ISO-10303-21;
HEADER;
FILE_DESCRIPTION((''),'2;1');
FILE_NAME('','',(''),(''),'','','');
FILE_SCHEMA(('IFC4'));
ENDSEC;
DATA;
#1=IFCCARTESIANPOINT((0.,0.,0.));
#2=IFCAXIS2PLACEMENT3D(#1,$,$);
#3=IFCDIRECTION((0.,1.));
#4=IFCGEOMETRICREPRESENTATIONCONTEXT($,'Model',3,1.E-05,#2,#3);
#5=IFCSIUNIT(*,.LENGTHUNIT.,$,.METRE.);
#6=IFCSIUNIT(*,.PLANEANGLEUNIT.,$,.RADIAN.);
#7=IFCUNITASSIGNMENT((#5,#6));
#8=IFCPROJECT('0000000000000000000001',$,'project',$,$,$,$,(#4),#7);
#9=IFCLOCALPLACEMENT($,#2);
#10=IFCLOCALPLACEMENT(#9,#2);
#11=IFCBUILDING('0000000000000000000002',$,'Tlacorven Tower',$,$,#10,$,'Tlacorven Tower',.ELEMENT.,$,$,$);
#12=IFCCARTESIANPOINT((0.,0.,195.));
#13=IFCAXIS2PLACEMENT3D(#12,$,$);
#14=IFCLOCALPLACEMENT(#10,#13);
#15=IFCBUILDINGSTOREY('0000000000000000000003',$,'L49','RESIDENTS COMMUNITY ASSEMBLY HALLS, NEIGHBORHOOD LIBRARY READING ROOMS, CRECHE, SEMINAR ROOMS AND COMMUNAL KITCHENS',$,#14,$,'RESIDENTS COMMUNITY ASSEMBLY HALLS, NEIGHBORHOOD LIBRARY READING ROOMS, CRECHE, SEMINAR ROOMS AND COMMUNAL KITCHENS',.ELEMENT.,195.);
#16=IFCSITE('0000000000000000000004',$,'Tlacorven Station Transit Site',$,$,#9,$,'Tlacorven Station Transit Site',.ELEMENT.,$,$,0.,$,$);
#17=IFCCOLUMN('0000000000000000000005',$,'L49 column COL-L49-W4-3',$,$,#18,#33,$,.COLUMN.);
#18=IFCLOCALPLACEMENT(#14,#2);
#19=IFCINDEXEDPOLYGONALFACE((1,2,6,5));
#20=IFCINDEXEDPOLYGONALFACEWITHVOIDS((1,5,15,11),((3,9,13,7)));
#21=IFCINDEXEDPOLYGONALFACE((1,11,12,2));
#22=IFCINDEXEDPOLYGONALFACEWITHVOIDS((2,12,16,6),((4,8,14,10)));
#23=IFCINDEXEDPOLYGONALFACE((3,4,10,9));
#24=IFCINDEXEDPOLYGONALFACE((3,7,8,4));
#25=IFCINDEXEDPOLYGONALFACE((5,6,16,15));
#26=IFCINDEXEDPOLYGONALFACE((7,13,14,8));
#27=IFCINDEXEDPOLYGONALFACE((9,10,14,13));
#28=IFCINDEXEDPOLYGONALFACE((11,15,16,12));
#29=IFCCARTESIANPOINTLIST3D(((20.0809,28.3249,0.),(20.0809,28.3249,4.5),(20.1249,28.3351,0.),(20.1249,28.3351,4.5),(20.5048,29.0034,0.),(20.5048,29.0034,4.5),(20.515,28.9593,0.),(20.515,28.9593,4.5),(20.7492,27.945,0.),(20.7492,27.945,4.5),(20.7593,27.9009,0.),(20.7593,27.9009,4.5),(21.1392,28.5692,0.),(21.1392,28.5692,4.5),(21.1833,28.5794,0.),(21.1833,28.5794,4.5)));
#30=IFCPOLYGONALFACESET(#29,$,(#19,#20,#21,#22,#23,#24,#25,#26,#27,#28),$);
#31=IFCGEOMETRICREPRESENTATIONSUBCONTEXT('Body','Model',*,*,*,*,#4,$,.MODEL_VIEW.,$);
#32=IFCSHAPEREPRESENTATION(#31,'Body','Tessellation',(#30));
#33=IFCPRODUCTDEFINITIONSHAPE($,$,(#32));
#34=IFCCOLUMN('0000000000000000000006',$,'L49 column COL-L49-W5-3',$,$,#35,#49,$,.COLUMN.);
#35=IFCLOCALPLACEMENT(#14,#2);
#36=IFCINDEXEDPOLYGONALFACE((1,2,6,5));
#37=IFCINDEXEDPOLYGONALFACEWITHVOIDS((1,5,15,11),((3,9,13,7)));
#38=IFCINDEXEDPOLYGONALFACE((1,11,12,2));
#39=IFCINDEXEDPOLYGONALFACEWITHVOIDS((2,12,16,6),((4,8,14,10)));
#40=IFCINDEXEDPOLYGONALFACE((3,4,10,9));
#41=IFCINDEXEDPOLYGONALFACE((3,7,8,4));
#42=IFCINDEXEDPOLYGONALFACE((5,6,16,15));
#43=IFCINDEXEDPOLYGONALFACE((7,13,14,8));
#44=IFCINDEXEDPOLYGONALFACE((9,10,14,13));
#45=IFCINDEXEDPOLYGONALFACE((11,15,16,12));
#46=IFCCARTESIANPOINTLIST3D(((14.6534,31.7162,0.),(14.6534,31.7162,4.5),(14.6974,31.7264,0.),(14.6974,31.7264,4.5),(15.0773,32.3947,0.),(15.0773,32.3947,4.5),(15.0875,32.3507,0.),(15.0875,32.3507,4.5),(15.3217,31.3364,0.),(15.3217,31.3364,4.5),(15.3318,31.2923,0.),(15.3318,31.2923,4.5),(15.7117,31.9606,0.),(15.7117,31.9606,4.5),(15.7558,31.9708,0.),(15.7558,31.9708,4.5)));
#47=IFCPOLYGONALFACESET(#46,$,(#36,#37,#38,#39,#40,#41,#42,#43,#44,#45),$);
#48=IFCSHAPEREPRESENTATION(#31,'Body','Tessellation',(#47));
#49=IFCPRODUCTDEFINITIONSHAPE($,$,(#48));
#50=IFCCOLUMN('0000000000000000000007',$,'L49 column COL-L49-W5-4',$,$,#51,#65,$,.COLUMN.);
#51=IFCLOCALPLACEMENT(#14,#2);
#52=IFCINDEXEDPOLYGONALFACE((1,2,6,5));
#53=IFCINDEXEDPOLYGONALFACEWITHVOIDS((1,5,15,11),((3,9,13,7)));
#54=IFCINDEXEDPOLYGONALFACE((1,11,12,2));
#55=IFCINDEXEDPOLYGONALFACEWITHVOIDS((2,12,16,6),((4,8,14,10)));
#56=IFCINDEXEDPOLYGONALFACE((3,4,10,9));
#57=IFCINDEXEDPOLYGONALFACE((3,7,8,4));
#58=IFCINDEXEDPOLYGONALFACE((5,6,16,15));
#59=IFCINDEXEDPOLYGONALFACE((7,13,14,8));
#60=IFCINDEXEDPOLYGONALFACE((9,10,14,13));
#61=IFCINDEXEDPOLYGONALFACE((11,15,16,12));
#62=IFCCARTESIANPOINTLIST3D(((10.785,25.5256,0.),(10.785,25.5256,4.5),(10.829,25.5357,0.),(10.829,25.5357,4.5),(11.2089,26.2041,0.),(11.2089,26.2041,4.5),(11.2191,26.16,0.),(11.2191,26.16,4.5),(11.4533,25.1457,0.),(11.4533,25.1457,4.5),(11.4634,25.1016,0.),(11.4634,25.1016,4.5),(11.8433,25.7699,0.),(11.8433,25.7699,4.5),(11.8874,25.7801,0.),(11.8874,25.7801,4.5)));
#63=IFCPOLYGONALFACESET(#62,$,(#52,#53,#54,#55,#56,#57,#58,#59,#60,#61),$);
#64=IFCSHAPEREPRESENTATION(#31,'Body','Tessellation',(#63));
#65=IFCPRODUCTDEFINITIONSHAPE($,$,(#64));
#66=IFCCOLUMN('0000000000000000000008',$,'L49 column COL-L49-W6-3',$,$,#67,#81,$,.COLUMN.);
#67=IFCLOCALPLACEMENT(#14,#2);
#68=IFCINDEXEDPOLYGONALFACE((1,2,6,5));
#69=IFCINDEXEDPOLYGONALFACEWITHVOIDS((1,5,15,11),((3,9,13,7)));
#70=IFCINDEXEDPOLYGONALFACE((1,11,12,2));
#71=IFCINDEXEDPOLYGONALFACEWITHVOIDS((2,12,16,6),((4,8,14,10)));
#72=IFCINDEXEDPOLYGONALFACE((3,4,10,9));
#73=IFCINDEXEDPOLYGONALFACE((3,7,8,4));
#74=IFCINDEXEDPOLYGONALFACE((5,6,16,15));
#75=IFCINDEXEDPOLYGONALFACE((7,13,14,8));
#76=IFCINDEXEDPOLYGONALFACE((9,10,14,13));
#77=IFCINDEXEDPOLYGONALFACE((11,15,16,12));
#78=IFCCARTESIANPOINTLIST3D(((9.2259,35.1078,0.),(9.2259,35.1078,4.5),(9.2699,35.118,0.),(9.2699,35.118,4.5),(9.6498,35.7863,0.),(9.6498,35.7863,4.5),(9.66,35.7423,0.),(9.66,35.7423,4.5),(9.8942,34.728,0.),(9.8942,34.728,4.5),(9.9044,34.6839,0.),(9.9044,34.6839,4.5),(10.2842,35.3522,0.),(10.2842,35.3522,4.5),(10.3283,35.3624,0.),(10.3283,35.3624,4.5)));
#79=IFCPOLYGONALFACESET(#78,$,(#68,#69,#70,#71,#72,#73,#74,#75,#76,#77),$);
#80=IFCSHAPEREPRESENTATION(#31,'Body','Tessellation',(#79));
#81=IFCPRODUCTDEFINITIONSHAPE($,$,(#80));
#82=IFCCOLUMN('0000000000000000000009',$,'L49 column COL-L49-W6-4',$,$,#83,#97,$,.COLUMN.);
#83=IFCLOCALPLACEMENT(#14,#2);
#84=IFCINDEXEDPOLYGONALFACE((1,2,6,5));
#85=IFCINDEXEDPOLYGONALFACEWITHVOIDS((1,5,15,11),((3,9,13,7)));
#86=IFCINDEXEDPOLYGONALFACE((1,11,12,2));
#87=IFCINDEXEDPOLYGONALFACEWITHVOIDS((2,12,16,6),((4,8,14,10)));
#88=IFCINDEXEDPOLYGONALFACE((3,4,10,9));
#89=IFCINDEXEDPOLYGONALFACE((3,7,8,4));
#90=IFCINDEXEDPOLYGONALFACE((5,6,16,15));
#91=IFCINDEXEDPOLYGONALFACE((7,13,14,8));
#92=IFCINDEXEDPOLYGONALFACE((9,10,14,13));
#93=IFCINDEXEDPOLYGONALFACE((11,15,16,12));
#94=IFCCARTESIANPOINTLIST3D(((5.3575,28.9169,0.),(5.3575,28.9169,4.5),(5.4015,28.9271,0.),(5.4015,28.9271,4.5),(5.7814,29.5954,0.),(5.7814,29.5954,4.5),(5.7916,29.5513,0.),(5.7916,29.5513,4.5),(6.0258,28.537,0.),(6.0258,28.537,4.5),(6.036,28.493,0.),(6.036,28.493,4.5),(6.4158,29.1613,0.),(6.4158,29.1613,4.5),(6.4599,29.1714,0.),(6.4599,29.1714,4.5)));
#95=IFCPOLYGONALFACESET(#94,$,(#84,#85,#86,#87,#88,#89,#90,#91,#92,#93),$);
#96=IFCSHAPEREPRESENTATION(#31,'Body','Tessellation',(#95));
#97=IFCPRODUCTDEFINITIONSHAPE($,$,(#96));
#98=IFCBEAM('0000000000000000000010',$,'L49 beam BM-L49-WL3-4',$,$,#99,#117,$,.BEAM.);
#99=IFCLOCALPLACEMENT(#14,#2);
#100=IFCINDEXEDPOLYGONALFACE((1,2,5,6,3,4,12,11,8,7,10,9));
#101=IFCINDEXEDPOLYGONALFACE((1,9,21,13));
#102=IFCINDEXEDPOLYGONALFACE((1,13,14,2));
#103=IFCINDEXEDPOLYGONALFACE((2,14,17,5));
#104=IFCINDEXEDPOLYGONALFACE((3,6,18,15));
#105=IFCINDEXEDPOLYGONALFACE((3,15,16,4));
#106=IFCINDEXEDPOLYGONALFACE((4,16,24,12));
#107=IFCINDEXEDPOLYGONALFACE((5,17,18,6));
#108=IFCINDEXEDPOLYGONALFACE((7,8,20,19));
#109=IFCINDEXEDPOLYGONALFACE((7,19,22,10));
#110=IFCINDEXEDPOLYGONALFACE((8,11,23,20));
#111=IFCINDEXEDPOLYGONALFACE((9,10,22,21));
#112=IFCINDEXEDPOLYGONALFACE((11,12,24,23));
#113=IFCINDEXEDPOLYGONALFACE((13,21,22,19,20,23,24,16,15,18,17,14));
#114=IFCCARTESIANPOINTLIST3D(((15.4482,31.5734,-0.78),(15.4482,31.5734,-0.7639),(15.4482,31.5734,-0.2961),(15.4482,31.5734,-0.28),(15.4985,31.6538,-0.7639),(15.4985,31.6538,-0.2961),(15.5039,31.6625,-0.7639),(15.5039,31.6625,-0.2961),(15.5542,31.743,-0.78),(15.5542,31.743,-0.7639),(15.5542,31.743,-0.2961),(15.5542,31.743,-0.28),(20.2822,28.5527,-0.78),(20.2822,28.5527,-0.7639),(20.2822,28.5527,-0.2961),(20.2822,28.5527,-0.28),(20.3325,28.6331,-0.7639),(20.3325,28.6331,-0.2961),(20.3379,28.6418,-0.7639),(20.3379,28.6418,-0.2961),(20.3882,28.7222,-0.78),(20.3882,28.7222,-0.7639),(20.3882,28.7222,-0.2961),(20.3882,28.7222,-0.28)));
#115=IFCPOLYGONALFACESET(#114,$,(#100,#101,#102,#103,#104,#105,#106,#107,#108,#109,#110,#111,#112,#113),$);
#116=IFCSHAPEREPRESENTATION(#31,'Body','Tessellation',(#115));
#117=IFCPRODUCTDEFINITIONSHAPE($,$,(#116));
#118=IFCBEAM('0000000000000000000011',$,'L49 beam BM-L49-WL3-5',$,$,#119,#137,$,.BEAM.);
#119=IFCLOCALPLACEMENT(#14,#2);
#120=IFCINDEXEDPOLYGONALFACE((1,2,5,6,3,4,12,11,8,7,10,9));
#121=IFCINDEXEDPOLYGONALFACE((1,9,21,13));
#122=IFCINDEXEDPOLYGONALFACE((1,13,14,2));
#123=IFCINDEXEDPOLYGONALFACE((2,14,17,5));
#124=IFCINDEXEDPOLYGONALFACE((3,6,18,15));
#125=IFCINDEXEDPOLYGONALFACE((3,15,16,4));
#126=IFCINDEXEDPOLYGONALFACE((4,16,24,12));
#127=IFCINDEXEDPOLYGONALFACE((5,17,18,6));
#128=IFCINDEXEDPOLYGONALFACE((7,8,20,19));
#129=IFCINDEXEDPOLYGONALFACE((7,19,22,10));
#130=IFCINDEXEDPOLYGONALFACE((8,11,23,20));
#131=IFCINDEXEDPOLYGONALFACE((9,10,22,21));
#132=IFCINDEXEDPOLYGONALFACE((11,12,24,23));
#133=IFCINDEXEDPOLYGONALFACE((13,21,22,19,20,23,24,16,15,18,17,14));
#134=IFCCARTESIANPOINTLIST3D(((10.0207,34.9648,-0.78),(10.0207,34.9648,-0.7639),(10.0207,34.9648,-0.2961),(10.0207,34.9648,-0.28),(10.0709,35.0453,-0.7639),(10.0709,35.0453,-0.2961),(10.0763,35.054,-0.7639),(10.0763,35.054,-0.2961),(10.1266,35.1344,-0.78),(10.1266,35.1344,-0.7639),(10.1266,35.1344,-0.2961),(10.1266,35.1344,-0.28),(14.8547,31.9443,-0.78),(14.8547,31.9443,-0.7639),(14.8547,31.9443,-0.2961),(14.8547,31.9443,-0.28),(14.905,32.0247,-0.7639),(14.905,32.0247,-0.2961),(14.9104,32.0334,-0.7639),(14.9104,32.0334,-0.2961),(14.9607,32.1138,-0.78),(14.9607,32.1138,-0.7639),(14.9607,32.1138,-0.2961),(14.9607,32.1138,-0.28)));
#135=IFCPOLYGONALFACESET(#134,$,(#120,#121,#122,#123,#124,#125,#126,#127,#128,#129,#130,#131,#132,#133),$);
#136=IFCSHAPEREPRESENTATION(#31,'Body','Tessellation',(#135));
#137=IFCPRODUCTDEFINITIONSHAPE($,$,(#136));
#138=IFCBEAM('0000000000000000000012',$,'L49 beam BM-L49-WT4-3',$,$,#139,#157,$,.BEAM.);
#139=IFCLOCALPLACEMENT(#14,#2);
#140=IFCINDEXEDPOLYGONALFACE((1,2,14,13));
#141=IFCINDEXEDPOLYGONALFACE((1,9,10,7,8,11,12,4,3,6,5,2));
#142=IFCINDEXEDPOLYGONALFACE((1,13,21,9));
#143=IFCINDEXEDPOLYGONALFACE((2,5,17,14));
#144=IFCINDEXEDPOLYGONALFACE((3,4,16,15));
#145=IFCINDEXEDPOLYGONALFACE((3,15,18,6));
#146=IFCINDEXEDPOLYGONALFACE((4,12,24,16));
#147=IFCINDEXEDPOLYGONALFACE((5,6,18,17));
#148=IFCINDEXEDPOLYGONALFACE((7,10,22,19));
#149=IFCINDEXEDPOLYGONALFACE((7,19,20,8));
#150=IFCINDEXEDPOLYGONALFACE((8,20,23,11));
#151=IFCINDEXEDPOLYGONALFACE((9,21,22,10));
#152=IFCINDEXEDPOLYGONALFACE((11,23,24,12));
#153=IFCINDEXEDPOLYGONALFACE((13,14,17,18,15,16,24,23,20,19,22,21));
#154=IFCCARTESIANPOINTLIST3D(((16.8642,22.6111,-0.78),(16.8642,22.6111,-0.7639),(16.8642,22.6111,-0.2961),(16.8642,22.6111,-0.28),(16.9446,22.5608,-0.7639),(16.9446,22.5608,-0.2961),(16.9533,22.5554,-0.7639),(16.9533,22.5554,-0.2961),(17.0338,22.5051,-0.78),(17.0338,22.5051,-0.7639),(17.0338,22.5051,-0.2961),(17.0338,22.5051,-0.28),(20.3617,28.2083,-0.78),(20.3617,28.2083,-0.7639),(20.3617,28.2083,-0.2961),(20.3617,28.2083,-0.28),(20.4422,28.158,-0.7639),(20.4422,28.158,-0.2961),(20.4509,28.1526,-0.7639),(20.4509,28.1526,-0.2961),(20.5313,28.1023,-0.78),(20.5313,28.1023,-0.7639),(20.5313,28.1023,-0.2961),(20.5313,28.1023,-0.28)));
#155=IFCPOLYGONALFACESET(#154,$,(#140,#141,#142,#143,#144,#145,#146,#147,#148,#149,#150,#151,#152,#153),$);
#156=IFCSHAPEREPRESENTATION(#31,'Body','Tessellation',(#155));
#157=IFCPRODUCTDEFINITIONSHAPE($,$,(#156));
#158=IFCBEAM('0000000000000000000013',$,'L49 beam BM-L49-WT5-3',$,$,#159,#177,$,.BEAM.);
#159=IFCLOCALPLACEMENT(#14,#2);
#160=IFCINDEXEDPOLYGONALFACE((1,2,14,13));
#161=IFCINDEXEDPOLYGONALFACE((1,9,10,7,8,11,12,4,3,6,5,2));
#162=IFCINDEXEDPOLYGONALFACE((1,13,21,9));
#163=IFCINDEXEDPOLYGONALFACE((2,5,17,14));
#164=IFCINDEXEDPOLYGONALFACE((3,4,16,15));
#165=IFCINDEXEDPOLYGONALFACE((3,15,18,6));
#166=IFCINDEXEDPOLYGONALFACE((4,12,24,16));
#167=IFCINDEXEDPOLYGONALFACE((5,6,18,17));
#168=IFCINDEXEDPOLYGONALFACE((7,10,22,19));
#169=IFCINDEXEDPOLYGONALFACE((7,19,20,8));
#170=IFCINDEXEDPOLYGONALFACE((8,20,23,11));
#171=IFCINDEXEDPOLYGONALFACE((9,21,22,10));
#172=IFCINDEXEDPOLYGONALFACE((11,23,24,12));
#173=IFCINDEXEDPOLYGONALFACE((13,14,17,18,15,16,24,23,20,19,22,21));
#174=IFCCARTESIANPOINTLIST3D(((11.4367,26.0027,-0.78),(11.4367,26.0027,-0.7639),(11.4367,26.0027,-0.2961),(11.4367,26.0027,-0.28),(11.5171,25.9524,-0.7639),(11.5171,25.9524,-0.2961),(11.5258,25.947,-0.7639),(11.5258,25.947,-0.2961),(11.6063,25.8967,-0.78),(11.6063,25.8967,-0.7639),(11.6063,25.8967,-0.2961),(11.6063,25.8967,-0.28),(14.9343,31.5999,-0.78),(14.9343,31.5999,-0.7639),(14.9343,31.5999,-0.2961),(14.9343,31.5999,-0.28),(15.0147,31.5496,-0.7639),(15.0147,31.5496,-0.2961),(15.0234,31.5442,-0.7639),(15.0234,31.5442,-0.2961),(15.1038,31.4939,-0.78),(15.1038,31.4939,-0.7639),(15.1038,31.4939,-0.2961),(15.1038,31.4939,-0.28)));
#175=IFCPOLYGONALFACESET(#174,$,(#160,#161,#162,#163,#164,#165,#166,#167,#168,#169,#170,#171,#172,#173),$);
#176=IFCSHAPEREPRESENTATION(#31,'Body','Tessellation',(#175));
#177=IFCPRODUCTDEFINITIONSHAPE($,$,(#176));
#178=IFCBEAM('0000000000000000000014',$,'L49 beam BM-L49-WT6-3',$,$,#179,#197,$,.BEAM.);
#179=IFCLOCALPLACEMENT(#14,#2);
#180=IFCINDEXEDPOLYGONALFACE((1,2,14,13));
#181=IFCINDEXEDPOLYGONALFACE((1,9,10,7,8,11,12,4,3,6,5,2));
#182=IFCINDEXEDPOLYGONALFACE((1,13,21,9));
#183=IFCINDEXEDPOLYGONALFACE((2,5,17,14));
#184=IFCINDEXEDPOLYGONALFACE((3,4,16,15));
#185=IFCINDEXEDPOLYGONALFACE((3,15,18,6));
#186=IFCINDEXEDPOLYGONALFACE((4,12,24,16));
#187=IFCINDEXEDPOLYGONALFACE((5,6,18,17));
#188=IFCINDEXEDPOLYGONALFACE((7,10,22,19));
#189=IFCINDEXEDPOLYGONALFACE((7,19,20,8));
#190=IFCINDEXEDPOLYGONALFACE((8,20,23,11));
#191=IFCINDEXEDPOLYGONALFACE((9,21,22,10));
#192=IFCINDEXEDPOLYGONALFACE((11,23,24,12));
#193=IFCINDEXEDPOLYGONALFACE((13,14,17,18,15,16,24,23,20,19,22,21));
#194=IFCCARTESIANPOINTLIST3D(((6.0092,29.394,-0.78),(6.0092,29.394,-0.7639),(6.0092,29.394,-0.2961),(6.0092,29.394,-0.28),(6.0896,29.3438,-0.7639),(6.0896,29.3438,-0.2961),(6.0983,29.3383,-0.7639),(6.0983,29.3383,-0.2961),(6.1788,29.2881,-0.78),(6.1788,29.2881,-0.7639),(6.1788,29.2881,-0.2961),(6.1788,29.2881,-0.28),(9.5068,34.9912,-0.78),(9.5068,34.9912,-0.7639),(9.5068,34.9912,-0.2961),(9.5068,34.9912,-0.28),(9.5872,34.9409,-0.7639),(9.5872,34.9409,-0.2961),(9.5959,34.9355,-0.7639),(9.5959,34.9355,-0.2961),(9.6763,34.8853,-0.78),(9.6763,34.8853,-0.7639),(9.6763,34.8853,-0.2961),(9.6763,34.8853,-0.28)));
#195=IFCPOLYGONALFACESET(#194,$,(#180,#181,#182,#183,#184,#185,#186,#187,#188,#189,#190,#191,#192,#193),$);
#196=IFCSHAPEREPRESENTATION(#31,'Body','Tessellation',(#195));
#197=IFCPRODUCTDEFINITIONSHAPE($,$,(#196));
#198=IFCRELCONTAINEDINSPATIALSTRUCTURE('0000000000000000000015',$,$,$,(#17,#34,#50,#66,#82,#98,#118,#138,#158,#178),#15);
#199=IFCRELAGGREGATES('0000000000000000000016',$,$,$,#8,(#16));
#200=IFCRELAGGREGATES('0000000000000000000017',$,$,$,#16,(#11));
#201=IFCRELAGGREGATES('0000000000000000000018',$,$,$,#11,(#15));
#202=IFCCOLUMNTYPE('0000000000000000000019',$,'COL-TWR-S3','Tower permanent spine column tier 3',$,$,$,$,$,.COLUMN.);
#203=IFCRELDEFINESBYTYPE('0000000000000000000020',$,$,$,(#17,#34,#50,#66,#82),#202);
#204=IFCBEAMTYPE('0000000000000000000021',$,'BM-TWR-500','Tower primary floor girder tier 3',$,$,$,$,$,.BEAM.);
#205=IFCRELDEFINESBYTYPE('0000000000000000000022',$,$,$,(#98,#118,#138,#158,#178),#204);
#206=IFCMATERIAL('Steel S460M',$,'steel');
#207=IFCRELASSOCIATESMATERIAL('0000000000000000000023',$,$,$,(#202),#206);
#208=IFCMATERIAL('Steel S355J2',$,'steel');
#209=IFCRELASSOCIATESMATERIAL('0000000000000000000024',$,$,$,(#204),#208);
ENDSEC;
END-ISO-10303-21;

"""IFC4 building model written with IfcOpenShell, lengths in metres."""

from ifc_helpers import new_model, si_unit, direction, frame, origin, origin_2d, place, context, subcontext, project, spatial, hollow_rectangle, i_section, extrude, source, transform, mapped, material, material_profile, profile_set, type_object, element, save


model = new_model("IFC4")

# Units and contexts
model_context = context("Model", 3, precision=1e-05, world=origin(), true_north=direction((0.0, 1.0)))
body_context = subcontext(model_context, "Body", "Model", "MODEL_VIEW")
ifc_project = project(units=[si_unit("LENGTHUNIT", "METRE"), si_unit("PLANEANGLEUNIT", "RADIAN")], contexts=[model_context])

# Site, building, storey
site_placement = place(None, origin())
site = spatial("IfcSite", under=ifc_project, at=site_placement, Name="Tlacorven Station Transit Site", LongName="Tlacorven Station Transit Site", CompositionType="ELEMENT", RefElevation=0.0)
building_placement = place(site_placement, origin())
building = spatial("IfcBuilding", under=site, at=building_placement, Name="Tlacorven Tower", LongName="Tlacorven Tower", CompositionType="ELEMENT")
storey_placement = place(building_placement, frame((0.0, 0.0, 195.0)))
storey = spatial("IfcBuildingStorey", under=building, at=storey_placement, Name="L49", Description="RESIDENTS COMMUNITY ASSEMBLY HALLS, NEIGHBORHOOD LIBRARY READING ROOMS, CRECHE, SEMINAR ROOMS AND COMMUNAL KITCHENS", LongName="RESIDENTS COMMUNITY ASSEMBLY HALLS, NEIGHBORHOOD LIBRARY READING ROOMS, CRECHE, SEMINAR ROOMS AND COMMUNAL KITCHENS", CompositionType="ELEMENT", Elevation=195.0)

# Columns
ifc_material_1 = material(Name="Steel S460M", Category="steel")
ifc_material_profile_1 = material_profile(ifc_material_1, hollow_rectangle(XDim=0.8, YDim=0.8, WallThickness=0.032, at=origin_2d()), Name="BOX 800X800X32")
ifc_profile_set_1 = profile_set([ifc_material_profile_1], Name="Steel S460M")
column_type = type_object("IfcColumnType", Name="COL-TWR-S3", Description="Tower permanent spine column tier 3", PredefinedType="COLUMN", material=ifc_profile_set_1)
shared_shape_1 = source(origin(), body_context, "Body", "SweptSolid", [
    extrude(hollow_rectangle(XDim=0.8, YDim=0.8, WallThickness=0.032, at=origin_2d()), origin(), (0.0, 0.0, 1.0), 4.5),
])
for number, where, z_axis, x_axis, name in (
    (1, (20.6321, 28.4521, 0.0), (0.0, 0.0, 1.0), (-0.848048, 0.529919, 0.0), "L49 column COL-L49-W4-3"),
    (2, (15.2046, 31.8435, 0.0), (0.0, 0.0, 1.0), (-0.848048, 0.529919, 0.0), "L49 column COL-L49-W5-3"),
    (3, (11.3362, 25.6528, 0.0), (0.0, 0.0, 1.0), (-0.848048, 0.529919, 0.0), "L49 column COL-L49-W5-4"),
    (4, (9.7771, 35.2351, 0.0), (0.0, 0.0, 1.0), (-0.848048, 0.529919, 0.0), "L49 column COL-L49-W6-3"),
    (5, (5.9087, 29.0442, 0.0), (0.0, 0.0, 1.0), (-0.848048, 0.529919, 0.0), "L49 column COL-L49-W6-4"),
):
    element("IfcColumn", number, at=place(storey_placement, frame(where, z_axis=z_axis, x_axis=x_axis)), inside=storey, type_object=column_type, Name=name, PredefinedType="COLUMN", context=body_context, shape_type="MappedRepresentation", body=[
        mapped(shared_shape_1, transform((0.0, 0.0, 0.0), scale=1.0)),
    ])

# Beams
ifc_material_2 = material(Name="Steel S355J2", Category="steel")
ifc_material_profile_2 = material_profile(ifc_material_2, i_section(OverallWidth=0.2, OverallDepth=0.5, WebThickness=0.0103, FlangeThickness=0.0161, at=origin_2d()), Name="IPE 500")
ifc_profile_set_2 = profile_set([ifc_material_profile_2], Name="Steel S355J2")
beam_type_1 = type_object("IfcBeamType", Name="BM-TWR-500", Description="Tower primary floor girder tier 3", PredefinedType="BEAM", material=ifc_profile_set_2)
shared_shape_2 = source(origin(), body_context, "Body", "SweptSolid", [
    extrude(i_section(OverallWidth=0.2, OverallDepth=0.5, WebThickness=0.0103, FlangeThickness=0.0161, at=origin_2d()), origin(), (0.0, 0.0, 1.0), 5.7002),
])
for number, where, z_axis, x_axis, name in (
    (6, (20.3352, 28.6375, -0.53), (-0.848037, 0.529937, 0.0), (-0.529937, -0.848037, 0.0), "L49 beam BM-L49-WL3-4"),
    (7, (14.9077, 32.0291, -0.53), (-0.848056, 0.529907, 0.0), (-0.529907, -0.848056, 0.0), "L49 beam BM-L49-WL3-5"),
):
    element("IfcBeam", number, at=place(storey_placement, frame(where, z_axis=z_axis, x_axis=x_axis)), inside=storey, type_object=beam_type_1, Name=name, PredefinedType="BEAM", context=body_context, shape_type="MappedRepresentation", body=[
        mapped(shared_shape_2, transform((0.0, 0.0, 0.0), scale=1.0)),
    ])
shared_shape_3 = source(origin(), body_context, "Body", "SweptSolid", [
    extrude(i_section(OverallWidth=0.2, OverallDepth=0.5, WebThickness=0.0103, FlangeThickness=0.0161, at=origin_2d()), origin(), (0.0, 0.0, 1.0), 6.6001),
])
for number, where, z_axis, x_axis, name in (
    (8, (20.4465, 28.1553, -0.53), (-0.529926, -0.848044, 0.0), (0.848044, -0.529926, 0.0), "L49 beam BM-L49-WT4-3"),
    (9, (15.019, 31.5469, -0.53), (-0.529926, -0.848044, 0.0), (0.848044, -0.529926, 0.0), "L49 beam BM-L49-WT5-3"),
    (10, (9.5916, 34.9382, -0.53), (-0.529926, -0.848044, 0.0), (0.848044, -0.529926, 0.0), "L49 beam BM-L49-WT6-3"),
):
    element("IfcBeam", number, at=place(storey_placement, frame(where, z_axis=z_axis, x_axis=x_axis)), inside=storey, type_object=beam_type_1, Name=name, PredefinedType="BEAM", context=body_context, shape_type="MappedRepresentation", body=[
        mapped(shared_shape_3, transform((0.0, 0.0, 0.0), scale=1.0)),
    ])

save(model, "model.ifc")
